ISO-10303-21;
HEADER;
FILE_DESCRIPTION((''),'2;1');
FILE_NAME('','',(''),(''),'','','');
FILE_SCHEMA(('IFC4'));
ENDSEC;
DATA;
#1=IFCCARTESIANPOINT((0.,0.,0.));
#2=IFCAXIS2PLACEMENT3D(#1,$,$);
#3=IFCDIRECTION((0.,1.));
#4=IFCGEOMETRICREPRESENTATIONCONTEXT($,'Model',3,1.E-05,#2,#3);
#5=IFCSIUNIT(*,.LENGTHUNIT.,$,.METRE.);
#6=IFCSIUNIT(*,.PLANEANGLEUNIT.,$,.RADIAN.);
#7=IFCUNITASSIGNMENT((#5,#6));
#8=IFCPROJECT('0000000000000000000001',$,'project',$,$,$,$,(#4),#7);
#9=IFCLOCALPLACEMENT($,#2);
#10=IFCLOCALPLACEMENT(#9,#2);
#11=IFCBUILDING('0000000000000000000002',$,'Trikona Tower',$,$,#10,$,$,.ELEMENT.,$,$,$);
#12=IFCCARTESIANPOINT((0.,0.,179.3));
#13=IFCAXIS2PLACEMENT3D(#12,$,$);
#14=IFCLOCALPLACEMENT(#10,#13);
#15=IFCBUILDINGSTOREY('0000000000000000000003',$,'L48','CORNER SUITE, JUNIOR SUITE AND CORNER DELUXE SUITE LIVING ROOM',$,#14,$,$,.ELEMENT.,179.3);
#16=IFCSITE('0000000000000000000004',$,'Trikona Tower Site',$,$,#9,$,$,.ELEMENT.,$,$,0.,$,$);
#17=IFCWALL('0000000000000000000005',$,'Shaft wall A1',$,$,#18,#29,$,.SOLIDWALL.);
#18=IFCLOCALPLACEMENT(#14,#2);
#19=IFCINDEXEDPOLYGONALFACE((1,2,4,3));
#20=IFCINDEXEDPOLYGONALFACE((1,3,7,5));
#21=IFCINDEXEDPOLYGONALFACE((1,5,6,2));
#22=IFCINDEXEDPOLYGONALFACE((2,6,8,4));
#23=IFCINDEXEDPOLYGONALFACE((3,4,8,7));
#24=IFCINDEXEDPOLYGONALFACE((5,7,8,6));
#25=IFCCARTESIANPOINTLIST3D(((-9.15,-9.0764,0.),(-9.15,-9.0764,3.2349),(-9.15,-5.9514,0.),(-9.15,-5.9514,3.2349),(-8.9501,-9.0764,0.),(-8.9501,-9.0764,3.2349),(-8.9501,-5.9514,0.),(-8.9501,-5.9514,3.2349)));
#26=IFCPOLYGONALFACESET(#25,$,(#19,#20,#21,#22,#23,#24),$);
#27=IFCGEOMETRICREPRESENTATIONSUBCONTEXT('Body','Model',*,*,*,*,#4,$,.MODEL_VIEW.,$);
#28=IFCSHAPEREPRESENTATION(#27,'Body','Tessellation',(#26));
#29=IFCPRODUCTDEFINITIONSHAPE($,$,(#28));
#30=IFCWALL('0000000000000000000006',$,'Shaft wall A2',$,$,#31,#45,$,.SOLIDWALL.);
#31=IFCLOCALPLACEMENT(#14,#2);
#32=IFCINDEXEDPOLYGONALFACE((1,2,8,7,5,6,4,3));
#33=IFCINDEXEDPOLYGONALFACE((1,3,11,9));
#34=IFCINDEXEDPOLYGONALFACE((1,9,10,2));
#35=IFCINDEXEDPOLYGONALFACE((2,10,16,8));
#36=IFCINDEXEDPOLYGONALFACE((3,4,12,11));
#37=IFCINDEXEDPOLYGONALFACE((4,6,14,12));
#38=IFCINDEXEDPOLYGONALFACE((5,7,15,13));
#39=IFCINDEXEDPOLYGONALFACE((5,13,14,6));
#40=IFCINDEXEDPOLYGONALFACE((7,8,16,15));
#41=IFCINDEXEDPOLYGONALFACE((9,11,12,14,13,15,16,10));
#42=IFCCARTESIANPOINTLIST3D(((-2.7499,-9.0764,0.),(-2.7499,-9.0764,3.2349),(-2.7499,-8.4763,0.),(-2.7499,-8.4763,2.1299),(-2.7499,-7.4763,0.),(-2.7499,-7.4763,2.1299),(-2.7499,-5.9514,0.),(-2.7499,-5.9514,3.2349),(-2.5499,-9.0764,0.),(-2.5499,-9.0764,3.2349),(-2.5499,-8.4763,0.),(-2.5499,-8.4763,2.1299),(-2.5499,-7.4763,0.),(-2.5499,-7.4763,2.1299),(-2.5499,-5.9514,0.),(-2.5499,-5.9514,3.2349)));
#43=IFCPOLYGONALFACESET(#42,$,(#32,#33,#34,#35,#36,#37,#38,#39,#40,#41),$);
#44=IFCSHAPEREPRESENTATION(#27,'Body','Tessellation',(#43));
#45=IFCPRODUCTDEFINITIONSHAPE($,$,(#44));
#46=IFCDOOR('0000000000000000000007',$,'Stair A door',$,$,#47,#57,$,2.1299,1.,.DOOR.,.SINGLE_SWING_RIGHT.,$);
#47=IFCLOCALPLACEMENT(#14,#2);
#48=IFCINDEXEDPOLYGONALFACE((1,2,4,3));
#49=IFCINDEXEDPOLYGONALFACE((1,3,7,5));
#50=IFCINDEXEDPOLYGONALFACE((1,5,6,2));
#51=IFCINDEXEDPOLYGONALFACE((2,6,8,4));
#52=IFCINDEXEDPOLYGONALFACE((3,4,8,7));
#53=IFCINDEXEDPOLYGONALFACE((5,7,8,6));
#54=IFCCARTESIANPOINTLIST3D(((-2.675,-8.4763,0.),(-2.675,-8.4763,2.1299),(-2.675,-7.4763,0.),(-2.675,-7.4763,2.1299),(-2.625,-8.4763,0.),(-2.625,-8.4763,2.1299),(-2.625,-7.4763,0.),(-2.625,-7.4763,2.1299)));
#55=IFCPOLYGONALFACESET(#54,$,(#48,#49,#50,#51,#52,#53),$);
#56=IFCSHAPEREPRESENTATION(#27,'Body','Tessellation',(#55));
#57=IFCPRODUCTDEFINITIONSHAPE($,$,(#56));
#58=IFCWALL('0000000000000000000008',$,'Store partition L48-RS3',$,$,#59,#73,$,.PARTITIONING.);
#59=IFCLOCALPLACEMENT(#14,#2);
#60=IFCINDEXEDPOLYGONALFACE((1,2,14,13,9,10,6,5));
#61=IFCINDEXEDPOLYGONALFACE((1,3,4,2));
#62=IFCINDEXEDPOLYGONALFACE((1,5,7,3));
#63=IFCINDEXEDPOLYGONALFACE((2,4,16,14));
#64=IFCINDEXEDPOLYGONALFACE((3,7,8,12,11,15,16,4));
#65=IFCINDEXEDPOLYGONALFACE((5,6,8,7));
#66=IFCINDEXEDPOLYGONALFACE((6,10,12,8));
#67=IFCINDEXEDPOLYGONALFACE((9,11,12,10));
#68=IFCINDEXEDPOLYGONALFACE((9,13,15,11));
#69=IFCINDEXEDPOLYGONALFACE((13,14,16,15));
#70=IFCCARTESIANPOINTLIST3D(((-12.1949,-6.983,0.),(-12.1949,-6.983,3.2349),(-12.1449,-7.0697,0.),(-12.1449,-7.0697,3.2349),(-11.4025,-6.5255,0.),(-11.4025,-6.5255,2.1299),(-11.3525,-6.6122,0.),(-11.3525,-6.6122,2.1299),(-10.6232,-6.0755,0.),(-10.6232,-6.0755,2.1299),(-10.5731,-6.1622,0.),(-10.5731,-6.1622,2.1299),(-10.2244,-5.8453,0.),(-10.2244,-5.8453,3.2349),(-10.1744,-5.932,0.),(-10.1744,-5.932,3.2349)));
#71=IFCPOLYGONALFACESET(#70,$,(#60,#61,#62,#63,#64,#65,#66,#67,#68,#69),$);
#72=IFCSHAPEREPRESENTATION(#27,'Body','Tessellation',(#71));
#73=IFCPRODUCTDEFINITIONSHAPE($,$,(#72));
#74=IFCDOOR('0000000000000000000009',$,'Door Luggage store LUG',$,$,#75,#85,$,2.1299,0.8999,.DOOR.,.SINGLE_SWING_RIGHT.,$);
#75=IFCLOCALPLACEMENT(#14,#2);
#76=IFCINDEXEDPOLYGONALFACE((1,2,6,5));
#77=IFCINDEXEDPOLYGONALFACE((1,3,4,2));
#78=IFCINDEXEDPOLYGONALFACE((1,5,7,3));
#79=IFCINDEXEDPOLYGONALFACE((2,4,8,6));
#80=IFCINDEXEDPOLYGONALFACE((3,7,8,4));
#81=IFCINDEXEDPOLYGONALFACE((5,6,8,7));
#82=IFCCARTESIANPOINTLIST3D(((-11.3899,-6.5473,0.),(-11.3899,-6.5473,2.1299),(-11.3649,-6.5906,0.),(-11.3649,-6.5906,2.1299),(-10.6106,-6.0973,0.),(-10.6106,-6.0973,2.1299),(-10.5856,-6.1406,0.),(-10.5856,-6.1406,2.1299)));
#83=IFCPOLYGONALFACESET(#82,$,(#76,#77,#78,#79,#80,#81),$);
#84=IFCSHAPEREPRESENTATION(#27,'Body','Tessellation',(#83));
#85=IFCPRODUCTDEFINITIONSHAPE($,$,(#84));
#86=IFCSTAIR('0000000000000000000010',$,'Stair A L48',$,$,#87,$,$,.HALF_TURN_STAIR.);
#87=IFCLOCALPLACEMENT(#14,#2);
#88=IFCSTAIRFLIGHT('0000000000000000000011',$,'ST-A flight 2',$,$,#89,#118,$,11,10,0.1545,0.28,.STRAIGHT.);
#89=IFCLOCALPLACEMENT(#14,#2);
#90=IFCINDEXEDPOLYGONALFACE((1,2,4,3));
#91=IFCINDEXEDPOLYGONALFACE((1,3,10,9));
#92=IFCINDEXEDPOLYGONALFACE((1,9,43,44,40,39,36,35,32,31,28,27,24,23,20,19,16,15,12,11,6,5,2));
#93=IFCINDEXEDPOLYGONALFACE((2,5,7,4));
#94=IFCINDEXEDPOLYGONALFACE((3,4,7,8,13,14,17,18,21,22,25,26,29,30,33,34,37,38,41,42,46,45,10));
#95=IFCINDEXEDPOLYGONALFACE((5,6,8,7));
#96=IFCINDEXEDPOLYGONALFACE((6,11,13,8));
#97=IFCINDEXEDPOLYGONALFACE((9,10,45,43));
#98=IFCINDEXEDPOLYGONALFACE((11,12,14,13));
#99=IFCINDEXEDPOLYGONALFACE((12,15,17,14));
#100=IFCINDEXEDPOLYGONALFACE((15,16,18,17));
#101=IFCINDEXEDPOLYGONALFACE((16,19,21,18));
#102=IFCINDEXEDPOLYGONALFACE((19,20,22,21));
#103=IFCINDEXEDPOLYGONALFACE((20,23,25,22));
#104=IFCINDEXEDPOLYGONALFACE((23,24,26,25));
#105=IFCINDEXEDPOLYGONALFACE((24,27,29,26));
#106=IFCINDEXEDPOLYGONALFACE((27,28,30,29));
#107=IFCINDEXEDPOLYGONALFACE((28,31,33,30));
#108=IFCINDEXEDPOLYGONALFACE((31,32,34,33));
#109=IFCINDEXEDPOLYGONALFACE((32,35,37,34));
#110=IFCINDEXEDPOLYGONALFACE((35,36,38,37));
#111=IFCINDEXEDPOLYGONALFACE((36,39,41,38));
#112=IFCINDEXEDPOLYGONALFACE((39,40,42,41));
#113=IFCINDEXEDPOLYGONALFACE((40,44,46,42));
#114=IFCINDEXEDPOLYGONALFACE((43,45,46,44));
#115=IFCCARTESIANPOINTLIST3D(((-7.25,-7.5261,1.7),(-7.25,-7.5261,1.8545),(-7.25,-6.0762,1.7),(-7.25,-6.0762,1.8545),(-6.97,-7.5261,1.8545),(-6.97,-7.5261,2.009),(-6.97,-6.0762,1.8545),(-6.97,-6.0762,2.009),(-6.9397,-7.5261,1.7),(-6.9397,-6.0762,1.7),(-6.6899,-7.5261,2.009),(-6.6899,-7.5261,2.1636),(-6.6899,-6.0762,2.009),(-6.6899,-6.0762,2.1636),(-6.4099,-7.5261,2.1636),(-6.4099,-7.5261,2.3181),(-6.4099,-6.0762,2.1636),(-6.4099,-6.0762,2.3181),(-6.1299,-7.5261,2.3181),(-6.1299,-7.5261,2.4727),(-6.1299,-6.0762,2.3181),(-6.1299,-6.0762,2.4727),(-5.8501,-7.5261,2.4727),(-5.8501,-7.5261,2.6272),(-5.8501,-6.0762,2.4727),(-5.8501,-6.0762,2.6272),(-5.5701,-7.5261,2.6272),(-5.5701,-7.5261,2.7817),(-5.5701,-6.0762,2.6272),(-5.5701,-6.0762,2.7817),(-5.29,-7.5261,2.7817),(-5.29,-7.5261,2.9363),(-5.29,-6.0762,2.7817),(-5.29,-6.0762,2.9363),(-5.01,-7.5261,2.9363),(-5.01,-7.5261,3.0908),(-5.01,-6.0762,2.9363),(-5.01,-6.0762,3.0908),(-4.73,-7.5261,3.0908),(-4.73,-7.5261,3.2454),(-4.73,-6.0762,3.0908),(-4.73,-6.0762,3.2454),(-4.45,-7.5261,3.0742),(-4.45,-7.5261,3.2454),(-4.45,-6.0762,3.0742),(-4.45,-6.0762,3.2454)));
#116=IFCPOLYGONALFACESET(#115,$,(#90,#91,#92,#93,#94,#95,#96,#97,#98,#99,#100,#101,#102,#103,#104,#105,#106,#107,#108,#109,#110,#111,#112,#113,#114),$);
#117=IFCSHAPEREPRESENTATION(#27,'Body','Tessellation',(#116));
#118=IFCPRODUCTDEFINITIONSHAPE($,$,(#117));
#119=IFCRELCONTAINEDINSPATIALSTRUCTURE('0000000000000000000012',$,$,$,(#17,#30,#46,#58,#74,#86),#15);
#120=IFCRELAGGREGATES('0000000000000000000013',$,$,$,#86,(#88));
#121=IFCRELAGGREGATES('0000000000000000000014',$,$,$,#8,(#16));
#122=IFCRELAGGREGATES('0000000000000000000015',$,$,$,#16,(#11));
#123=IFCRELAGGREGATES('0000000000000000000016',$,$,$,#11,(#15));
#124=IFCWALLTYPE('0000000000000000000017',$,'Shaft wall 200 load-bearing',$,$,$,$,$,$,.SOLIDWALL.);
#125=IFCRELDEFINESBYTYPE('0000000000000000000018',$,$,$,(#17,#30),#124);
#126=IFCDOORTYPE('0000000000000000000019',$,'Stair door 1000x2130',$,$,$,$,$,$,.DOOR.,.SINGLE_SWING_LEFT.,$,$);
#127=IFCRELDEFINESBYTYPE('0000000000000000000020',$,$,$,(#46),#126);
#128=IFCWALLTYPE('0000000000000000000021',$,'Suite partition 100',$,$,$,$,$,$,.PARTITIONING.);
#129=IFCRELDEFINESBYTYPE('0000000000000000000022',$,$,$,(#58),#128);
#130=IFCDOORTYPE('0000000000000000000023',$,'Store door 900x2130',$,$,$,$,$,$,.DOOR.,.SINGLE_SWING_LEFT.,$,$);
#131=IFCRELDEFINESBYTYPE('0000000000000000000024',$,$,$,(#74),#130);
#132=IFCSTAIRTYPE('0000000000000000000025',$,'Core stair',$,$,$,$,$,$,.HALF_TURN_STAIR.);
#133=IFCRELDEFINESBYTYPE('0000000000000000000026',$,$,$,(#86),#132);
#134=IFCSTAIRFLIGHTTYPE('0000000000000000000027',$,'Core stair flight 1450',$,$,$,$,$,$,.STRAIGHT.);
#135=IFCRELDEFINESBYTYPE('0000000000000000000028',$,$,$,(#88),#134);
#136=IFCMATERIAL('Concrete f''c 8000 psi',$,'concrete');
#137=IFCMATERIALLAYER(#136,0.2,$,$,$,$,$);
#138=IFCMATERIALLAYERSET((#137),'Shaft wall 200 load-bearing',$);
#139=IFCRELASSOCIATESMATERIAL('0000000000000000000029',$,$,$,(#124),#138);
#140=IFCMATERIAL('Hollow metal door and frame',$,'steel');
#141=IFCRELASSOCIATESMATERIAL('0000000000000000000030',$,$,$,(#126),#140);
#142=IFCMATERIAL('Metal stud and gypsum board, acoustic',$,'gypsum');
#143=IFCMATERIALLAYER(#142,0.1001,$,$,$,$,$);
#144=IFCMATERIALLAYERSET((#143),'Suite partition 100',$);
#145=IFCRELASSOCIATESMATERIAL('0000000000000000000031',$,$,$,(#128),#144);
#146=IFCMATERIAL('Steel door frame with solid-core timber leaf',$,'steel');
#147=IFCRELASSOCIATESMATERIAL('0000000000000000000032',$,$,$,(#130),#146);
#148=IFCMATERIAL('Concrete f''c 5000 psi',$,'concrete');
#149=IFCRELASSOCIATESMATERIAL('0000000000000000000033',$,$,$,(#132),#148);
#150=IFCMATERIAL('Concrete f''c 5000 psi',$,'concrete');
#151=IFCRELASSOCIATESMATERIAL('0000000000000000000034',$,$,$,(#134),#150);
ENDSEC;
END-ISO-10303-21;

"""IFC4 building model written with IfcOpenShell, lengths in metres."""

from ifc_helpers import new_model, si_unit, direction, frame, frame_2d, origin, place, context, subcontext, project, spatial, polyline, rectangle, outline, extrude, material, layer, layer_set, type_object, element, fill, aggregate, save


model = new_model("IFC4")

# Units and contexts
model_context = context("Model", 3, precision=1e-05, world=origin(), true_north=direction((0.0, 1.0)))
body_context = subcontext(model_context, "Body", "Model", "MODEL_VIEW")
ifc_project = project(units=[si_unit("LENGTHUNIT", "METRE"), si_unit("PLANEANGLEUNIT", "RADIAN")], contexts=[model_context])

# Site, building, storey
site_placement = place(None, origin())
site = spatial("IfcSite", under=ifc_project, at=site_placement, Name="Trikona Tower Site", CompositionType="ELEMENT", RefElevation=0.0)
building_placement = place(site_placement, origin())
building = spatial("IfcBuilding", under=site, at=building_placement, Name="Trikona Tower", CompositionType="ELEMENT")
storey_placement = place(building_placement, frame((0.0, 0.0, 179.3)))
storey = spatial("IfcBuildingStorey", under=building, at=storey_placement, Name="L48", Description="CORNER SUITE, JUNIOR SUITE AND CORNER DELUXE SUITE LIVING ROOM", CompositionType="ELEMENT", Elevation=179.3)

# Wall
ifc_material_1 = material(Name="Concrete f'c 8000 psi", Category="concrete")
ifc_layer_1 = layer(ifc_material_1, 0.2)
ifc_layer_set_1 = layer_set([ifc_layer_1], Name="Shaft wall 200 load-bearing")
wall_type_1 = type_object("IfcWallType", Name="Shaft wall 200 load-bearing", PredefinedType="SOLIDWALL", material=ifc_layer_set_1)
wall_1_placement = place(storey_placement, frame((-9.05, -5.9514, 0.0), z_axis=(0.0, 0.0, 1.0), x_axis=(0.0, -1.0, 0.0)))
element("IfcWall", 1, at=wall_1_placement, inside=storey, type_object=wall_type_1, Name="Shaft wall A1", PredefinedType="SOLIDWALL", context=body_context, shape_type="SweptSolid", body=[
    extrude(rectangle(XDim=3.125, YDim=0.2, at=frame_2d((1.5625, 0.0))), origin(), (0.0, 0.0, 1.0), 3.2349),
])

# Walls, openings, doors
wall_2_placement = place(storey_placement, frame((-2.6499, -5.9514, 0.0), z_axis=(0.0, 0.0, 1.0), x_axis=(0.0, -1.0, 0.0)))
wall_2 = element("IfcWall", 2, at=wall_2_placement, inside=storey, type_object=wall_type_1, Name="Shaft wall A2", PredefinedType="SOLIDWALL", context=body_context, shape_type="SweptSolid", body=[
    extrude(rectangle(XDim=3.125, YDim=0.2, at=frame_2d((1.5625, 0.0))), origin(), (0.0, 0.0, 1.0), 3.2349),
])
opening_1_placement = place(wall_2_placement, frame((1.5249, 0.0, 0.0)))
opening_1 = element("IfcOpeningElement", 3, at=opening_1_placement, cuts=wall_2, PredefinedType="OPENING", context=body_context, shape_type="SweptSolid", body=[
    extrude(rectangle(XDim=1.0, YDim=2.1299, at=frame_2d((0.5, 1.0649))), frame((0.0, 0.1099, 0.0), z_axis=(0.0, -1.0, 0.0), x_axis=(1.0, 0.0, 0.0)), (0.0, 0.0, 1.0), 0.22),
])
ifc_material_2 = material(Name="Hollow metal door and frame", Category="steel")
door_type_1 = type_object("IfcDoorType", Name="Stair door 1000x2130", OperationType="SINGLE_SWING_LEFT", PredefinedType="DOOR", material=ifc_material_2)
door_1_placement = place(opening_1_placement, origin())
door_1 = element("IfcDoor", 4, at=door_1_placement, inside=storey, type_object=door_type_1, Name="Stair A door", OperationType="SINGLE_SWING_RIGHT", OverallHeight=2.1299, OverallWidth=1.0, PredefinedType="DOOR", context=body_context, shape_type="SweptSolid", body=[
    extrude(rectangle(XDim=1.0, YDim=2.1299, at=frame_2d((0.5, 1.0649))), frame((0.0, 0.0249, 0.0), z_axis=(0.0, -1.0, 0.0), x_axis=(1.0, 0.0, 0.0)), (0.0, 0.0, 1.0), 0.05),
])
fill(opening_1, door_1)
ifc_material_3 = material(Name="Metal stud and gypsum board, acoustic", Category="gypsum")
ifc_layer_2 = layer(ifc_material_3, 0.1001)
ifc_layer_set_2 = layer_set([ifc_layer_2], Name="Suite partition 100")
wall_type_2 = type_object("IfcWallType", Name="Suite partition 100", PredefinedType="PARTITIONING", material=ifc_layer_set_2)
wall_3_placement = place(storey_placement, frame((-12.1699, -7.0264, 0.0), z_axis=(0.0, 0.0, 1.0), x_axis=(0.866016, 0.500017, 0.0)))
wall_3 = element("IfcWall", 5, at=wall_3_placement, inside=storey, type_object=wall_type_2, Name="Store partition L48-RS3", PredefinedType="PARTITIONING", context=body_context, shape_type="SweptSolid", body=[
    extrude(rectangle(XDim=2.2754, YDim=0.1001, at=frame_2d((1.1377, 0.0))), origin(), (0.0, 0.0, 1.0), 3.2349),
])
opening_2_placement = place(wall_3_placement, frame((0.915, 0.0, 0.0)))
opening_2 = element("IfcOpeningElement", 6, at=opening_2_placement, cuts=wall_3, PredefinedType="OPENING", context=body_context, shape_type="SweptSolid", body=[
    extrude(rectangle(XDim=0.8999, YDim=2.1299, at=frame_2d((0.45, 1.0649))), frame((0.0, 0.0601, 0.0), z_axis=(0.0, -1.0, 0.0), x_axis=(1.0, 0.0, 0.0)), (0.0, 0.0, 1.0), 0.1201),
])
ifc_material_4 = material(Name="Steel door frame with solid-core timber leaf", Category="steel")
door_type_2 = type_object("IfcDoorType", Name="Store door 900x2130", OperationType="SINGLE_SWING_LEFT", PredefinedType="DOOR", material=ifc_material_4)
door_2_placement = place(opening_2_placement, origin())
door_2 = element("IfcDoor", 7, at=door_2_placement, inside=storey, type_object=door_type_2, Name="Door Luggage store LUG", OperationType="SINGLE_SWING_RIGHT", OverallHeight=2.1299, OverallWidth=0.8999, PredefinedType="DOOR", context=body_context, shape_type="SweptSolid", body=[
    extrude(rectangle(XDim=0.8999, YDim=2.1299, at=frame_2d((0.45, 1.0649))), frame((0.0, 0.0249, 0.0), z_axis=(0.0, -1.0, 0.0), x_axis=(1.0, 0.0, 0.0)), (0.0, 0.0, 1.0), 0.05),
])
fill(opening_2, door_2)

# Stair, stair flight
ifc_material_5 = material(Name="Concrete f'c 5000 psi", Category="concrete")
stair_type = type_object("IfcStairType", Name="Core stair", PredefinedType="HALF_TURN_STAIR", material=ifc_material_5)
stair_placement = place(storey_placement, origin())
stair = element("IfcStair", 8, at=stair_placement, inside=storey, type_object=stair_type, Name="Stair A L48", PredefinedType="HALF_TURN_STAIR")
ifc_material_6 = material(Name="Concrete f'c 5000 psi", Category="concrete")
stair_flight_type = type_object("IfcStairFlightType", Name="Core stair flight 1450", PredefinedType="STRAIGHT", material=ifc_material_6)
stair_flight_placement = place(storey_placement, frame((-7.25, -6.8013, 1.7), z_axis=(0.0, 0.0, 1.0), x_axis=(1.0, 0.0, 0.0)))
stair_flight = element("IfcStairFlight", 9, at=stair_flight_placement, type_object=stair_flight_type, Name="ST-A flight 2", NumberOfRisers=11, NumberOfTreads=10, PredefinedType="STRAIGHT", RiserHeight=0.1545, TreadLength=0.28, context=body_context, shape_type="SweptSolid", body=[
    extrude(outline(polyline([(0.0, 0.0), (0.0, 0.1545), (0.28, 0.1545), (0.28, 0.3091), (0.5601, 0.3091), (0.5601, 0.4636), (0.8401, 0.4636), (0.8401, 0.6182), (1.1201, 0.6182), (1.1201, 0.7727), (1.3999, 0.7727), (1.3999, 0.9272), (1.6799, 0.9272), (1.6799, 1.0818), (1.96, 1.0818), (1.96, 1.2363), (2.24, 1.2363), (2.24, 1.3909), (2.52, 1.3909), (2.52, 1.5454), (2.8, 1.5454), (2.8, 1.7), (2.8, 1.3743), (0.3103, 0.0), (0.0, 0.0)])), frame((0.0, 0.7251, 0.0), z_axis=(0.0, -1.0, 0.0), x_axis=(1.0, 0.0, 0.0)), (0.0, 0.0, 1.0), 1.45),
])
aggregate(stair, [stair_flight])

save(model, "model.ifc")
